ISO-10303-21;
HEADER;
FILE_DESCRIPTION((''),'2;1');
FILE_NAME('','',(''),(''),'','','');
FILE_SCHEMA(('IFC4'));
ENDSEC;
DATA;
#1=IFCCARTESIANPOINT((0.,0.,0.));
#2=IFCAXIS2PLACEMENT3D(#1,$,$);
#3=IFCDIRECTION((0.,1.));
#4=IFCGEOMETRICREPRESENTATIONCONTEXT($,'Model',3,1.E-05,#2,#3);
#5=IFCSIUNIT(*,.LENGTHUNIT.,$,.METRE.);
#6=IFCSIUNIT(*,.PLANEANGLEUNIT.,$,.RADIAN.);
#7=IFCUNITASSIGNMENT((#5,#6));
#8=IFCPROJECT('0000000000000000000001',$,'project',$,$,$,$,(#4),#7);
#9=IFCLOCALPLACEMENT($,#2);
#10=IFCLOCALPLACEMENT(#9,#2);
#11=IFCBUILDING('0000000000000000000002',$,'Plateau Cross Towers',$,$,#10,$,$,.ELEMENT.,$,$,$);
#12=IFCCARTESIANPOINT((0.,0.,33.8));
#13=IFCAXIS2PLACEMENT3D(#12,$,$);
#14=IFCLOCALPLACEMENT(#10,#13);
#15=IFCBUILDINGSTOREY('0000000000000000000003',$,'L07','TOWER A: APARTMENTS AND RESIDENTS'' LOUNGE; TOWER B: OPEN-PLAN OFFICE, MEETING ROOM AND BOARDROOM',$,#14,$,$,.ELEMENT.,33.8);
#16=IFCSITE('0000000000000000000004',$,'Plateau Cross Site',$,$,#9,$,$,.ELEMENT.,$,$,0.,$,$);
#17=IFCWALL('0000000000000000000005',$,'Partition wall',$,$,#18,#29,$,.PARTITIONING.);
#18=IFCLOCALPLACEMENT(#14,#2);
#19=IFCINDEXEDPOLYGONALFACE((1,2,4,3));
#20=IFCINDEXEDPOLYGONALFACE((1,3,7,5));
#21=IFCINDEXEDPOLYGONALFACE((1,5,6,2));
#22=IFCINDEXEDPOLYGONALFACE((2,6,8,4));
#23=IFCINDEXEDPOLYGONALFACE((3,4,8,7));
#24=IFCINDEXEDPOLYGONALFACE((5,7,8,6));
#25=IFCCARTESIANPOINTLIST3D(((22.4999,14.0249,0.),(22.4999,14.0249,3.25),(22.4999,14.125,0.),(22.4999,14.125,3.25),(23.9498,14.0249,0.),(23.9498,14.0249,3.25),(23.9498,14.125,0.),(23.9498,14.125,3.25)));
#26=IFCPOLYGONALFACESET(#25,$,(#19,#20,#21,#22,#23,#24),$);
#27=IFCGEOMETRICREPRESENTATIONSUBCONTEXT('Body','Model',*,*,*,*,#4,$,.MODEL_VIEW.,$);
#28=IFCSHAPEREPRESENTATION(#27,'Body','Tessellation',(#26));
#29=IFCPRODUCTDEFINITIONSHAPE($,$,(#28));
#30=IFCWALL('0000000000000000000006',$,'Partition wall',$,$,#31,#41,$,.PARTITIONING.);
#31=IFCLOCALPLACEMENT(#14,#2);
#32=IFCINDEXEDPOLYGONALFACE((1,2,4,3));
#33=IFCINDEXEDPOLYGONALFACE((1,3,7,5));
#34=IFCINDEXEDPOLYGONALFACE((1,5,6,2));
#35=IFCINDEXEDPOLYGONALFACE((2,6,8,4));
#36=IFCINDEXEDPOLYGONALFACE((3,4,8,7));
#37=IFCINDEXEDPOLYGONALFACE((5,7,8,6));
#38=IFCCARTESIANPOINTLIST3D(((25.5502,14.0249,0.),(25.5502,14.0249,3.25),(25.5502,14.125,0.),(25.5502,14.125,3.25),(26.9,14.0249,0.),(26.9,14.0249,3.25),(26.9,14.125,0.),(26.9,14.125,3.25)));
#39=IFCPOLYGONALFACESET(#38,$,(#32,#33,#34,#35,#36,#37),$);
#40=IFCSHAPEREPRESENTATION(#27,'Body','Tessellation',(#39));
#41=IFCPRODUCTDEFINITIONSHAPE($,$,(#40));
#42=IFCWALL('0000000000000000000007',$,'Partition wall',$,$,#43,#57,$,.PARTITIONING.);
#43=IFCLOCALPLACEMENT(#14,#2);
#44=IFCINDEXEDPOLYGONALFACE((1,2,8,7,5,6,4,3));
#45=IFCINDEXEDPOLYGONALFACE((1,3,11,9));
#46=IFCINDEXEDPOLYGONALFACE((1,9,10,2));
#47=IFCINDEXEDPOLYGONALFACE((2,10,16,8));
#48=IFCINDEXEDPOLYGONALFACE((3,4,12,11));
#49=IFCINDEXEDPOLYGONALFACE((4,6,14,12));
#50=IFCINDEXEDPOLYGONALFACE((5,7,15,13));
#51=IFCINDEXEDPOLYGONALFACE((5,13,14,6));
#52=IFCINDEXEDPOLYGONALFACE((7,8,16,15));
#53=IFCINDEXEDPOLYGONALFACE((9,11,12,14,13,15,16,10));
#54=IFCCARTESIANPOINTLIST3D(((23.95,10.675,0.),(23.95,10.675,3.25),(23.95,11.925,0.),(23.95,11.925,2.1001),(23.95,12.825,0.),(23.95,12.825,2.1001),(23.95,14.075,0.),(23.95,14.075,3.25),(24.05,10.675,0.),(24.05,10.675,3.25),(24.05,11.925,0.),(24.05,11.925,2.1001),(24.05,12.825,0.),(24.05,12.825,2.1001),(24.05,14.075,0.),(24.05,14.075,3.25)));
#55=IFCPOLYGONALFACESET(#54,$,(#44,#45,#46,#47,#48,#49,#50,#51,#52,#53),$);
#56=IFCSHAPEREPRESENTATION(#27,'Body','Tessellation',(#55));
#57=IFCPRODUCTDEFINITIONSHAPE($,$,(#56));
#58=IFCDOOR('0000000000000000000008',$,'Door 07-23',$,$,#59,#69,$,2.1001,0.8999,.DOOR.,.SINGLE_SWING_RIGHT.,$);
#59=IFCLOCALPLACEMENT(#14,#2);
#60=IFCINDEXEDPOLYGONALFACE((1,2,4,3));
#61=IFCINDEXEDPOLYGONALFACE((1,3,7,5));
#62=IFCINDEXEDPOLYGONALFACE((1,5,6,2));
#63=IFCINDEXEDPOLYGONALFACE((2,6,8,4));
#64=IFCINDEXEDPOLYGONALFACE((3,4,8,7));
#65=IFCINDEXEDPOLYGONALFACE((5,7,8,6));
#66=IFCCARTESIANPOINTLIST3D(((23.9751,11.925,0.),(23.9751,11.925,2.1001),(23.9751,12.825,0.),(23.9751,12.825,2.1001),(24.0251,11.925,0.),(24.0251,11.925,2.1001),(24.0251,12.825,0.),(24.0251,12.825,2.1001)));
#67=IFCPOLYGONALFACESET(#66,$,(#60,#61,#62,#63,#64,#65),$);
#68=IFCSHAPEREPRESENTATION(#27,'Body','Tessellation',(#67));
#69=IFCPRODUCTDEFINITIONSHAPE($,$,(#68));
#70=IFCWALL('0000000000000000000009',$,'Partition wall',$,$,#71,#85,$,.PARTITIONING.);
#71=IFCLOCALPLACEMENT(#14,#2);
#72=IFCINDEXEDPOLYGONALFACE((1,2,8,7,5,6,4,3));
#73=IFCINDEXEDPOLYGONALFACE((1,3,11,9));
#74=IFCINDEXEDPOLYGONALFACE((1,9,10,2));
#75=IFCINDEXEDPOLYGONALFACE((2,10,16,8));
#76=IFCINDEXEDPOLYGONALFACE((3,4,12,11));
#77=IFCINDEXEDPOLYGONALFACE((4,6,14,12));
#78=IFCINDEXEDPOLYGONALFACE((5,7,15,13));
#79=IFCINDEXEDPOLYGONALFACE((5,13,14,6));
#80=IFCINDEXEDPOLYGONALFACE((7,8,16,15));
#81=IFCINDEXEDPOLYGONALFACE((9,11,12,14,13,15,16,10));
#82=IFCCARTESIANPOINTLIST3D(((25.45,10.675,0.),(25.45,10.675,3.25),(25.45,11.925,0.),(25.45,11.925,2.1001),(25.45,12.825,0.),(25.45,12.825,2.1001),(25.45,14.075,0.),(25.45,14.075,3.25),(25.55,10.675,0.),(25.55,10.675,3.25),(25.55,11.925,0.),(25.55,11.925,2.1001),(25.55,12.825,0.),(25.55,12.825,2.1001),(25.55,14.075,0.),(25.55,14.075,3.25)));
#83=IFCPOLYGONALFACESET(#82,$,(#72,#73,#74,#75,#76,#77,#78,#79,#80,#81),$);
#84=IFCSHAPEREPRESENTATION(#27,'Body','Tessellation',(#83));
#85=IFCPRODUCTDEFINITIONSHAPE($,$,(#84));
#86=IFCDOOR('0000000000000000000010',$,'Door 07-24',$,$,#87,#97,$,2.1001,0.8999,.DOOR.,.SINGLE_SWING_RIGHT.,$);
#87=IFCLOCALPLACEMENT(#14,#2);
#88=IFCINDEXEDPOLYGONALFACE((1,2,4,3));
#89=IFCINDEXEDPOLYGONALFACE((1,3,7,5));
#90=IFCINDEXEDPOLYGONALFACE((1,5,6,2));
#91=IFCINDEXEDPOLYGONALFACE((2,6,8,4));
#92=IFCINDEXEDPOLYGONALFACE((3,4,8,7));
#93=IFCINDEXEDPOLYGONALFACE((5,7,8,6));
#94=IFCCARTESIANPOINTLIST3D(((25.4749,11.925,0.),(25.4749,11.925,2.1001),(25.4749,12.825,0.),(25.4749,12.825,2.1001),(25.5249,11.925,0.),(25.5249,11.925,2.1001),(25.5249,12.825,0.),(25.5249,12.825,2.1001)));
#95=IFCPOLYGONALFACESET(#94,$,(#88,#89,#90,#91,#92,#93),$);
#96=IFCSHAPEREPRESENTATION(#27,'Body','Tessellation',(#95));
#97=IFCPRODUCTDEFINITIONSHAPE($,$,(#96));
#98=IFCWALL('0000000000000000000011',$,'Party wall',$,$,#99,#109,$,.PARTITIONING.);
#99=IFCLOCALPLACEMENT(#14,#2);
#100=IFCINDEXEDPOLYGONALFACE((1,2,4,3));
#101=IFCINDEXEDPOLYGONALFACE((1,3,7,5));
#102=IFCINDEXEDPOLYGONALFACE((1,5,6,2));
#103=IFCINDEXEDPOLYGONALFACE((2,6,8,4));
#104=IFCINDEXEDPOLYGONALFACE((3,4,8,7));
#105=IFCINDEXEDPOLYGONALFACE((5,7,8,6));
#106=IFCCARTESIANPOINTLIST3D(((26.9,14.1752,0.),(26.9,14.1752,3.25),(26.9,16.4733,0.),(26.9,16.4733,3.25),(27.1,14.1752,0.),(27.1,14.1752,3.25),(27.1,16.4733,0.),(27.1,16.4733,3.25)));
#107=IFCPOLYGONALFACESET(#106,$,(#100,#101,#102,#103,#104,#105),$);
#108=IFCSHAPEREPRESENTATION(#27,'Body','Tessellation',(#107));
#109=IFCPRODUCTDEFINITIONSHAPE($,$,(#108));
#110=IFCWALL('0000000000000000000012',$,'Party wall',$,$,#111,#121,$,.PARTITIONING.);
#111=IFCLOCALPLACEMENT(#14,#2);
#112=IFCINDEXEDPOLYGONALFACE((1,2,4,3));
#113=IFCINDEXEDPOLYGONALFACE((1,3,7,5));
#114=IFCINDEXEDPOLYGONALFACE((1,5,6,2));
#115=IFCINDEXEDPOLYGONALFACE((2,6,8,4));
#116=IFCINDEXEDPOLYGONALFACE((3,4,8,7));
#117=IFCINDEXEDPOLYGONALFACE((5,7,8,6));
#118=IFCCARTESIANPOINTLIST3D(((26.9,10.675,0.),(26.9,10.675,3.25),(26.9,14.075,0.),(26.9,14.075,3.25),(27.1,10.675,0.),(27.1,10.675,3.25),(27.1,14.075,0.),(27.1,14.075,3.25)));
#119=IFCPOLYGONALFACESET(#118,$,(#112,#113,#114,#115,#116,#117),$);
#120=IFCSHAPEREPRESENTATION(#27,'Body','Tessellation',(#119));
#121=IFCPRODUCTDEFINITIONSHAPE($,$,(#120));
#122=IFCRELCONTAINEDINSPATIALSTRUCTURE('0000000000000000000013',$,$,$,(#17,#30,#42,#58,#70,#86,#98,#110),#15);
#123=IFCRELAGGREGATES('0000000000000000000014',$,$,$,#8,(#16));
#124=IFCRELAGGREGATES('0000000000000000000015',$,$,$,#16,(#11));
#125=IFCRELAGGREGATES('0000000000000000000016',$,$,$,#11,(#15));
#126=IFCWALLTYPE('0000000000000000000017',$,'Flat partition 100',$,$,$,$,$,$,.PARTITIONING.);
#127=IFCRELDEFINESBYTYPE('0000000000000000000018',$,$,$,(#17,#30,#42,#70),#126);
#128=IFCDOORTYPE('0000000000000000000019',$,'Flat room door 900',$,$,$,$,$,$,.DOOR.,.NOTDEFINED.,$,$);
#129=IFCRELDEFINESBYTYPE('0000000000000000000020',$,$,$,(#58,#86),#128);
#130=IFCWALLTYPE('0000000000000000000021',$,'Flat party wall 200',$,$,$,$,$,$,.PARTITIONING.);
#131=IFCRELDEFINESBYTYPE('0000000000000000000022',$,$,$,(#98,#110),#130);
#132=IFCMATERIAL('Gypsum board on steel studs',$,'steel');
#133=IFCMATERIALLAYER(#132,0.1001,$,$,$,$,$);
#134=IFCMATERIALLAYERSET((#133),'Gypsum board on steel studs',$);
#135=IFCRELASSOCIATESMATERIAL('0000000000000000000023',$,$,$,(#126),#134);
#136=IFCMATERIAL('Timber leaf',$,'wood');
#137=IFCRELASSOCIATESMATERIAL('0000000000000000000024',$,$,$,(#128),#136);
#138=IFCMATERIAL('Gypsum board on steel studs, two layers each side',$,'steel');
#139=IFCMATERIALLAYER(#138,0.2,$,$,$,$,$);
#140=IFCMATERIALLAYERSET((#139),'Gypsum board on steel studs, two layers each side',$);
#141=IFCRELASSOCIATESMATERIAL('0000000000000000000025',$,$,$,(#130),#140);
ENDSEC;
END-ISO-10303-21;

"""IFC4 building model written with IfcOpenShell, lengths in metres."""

from ifc_helpers import new_model, si_unit, direction, frame, frame_2d, origin, place, context, subcontext, project, spatial, rectangle, extrude, material, layer, layer_set, type_object, element, fill, save


model = new_model("IFC4")

# Units and contexts
model_context = context("Model", 3, precision=1e-05, world=origin(), true_north=direction((0.0, 1.0)))
body_context = subcontext(model_context, "Body", "Model", "MODEL_VIEW")
ifc_project = project(units=[si_unit("LENGTHUNIT", "METRE"), si_unit("PLANEANGLEUNIT", "RADIAN")], contexts=[model_context])

# Site, building, storey
site_placement = place(None, origin())
site = spatial("IfcSite", under=ifc_project, at=site_placement, Name="Plateau Cross Site", CompositionType="ELEMENT", RefElevation=0.0)
building_placement = place(site_placement, origin())
building = spatial("IfcBuilding", under=site, at=building_placement, Name="Plateau Cross Towers", CompositionType="ELEMENT")
storey_placement = place(building_placement, frame((0.0, 0.0, 33.8)))
storey = spatial("IfcBuildingStorey", under=building, at=storey_placement, Name="L07", Description="TOWER A: APARTMENTS AND RESIDENTS' LOUNGE; TOWER B: OPEN-PLAN OFFICE, MEETING ROOM AND BOARDROOM", CompositionType="ELEMENT", Elevation=33.8)

# Walls
ifc_material_1 = material(Name="Gypsum board on steel studs", Category="steel")
ifc_layer_1 = layer(ifc_material_1, 0.1001)
ifc_layer_set_1 = layer_set([ifc_layer_1], Name="Gypsum board on steel studs")
wall_type_1 = type_object("IfcWallType", Name="Flat partition 100", PredefinedType="PARTITIONING", material=ifc_layer_set_1)
wall_1_placement = place(storey_placement, frame((23.95, 14.075, 0.0), z_axis=(0.0, 0.0, 1.0), x_axis=(-1.0, 0.0, 0.0)))
element("IfcWall", 1, at=wall_1_placement, inside=storey, type_object=wall_type_1, Name="Partition wall", PredefinedType="PARTITIONING", context=body_context, shape_type="SweptSolid", body=[
    extrude(rectangle(XDim=1.45, YDim=0.1001, at=frame_2d((0.7251, 0.0))), origin(), (0.0, 0.0, 1.0), 3.25),
])
wall_2_placement = place(storey_placement, frame((26.8999, 14.075, 0.0), z_axis=(0.0, 0.0, 1.0), x_axis=(-1.0, 0.0, 0.0)))
element("IfcWall", 2, at=wall_2_placement, inside=storey, type_object=wall_type_1, Name="Partition wall", PredefinedType="PARTITIONING", context=body_context, shape_type="SweptSolid", body=[
    extrude(rectangle(XDim=1.3499, YDim=0.1001, at=frame_2d((0.6748, 0.0))), origin(), (0.0, 0.0, 1.0), 3.25),
])

# Walls, openings, doors
wall_3_placement = place(storey_placement, frame((24.0, 10.675, 0.0), z_axis=(0.0, 0.0, 1.0), x_axis=(0.0, 1.0, 0.0)))
wall_3 = element("IfcWall", 3, at=wall_3_placement, inside=storey, type_object=wall_type_1, Name="Partition wall", PredefinedType="PARTITIONING", context=body_context, shape_type="SweptSolid", body=[
    extrude(rectangle(XDim=3.3999, YDim=0.1001, at=frame_2d((1.7, 0.0))), origin(), (0.0, 0.0, 1.0), 3.25),
])
opening_1_placement = place(wall_3_placement, frame((1.25, 0.0, 0.0)))
opening_1 = element("IfcOpeningElement", 4, at=opening_1_placement, cuts=wall_3, PredefinedType="OPENING", context=body_context, shape_type="SweptSolid", body=[
    extrude(rectangle(XDim=0.8999, YDim=2.1001, at=frame_2d((0.45, 1.05))), frame((0.0, 0.0601, 0.0), z_axis=(0.0, -1.0, 0.0), x_axis=(1.0, 0.0, 0.0)), (0.0, 0.0, 1.0), 0.1201),
])
ifc_material_2 = material(Name="Timber leaf", Category="wood")
door_type_1 = type_object("IfcDoorType", Name="Flat room door 900", OperationType="NOTDEFINED", PredefinedType="DOOR", material=ifc_material_2)
door_1_placement = place(opening_1_placement, origin())
door_1 = element("IfcDoor", 5, at=door_1_placement, inside=storey, type_object=door_type_1, Name="Door 07-23", OperationType="SINGLE_SWING_RIGHT", OverallHeight=2.1001, OverallWidth=0.8999, PredefinedType="DOOR", context=body_context, shape_type="SweptSolid", body=[
    extrude(rectangle(XDim=0.8999, YDim=2.1001, at=frame_2d((0.45, 1.05))), frame((0.0, 0.0249, 0.0), z_axis=(0.0, -1.0, 0.0), x_axis=(1.0, 0.0, 0.0)), (0.0, 0.0, 1.0), 0.05),
])
fill(opening_1, door_1)
wall_4_placement = place(storey_placement, frame((25.5, 14.075, 0.0), z_axis=(0.0, 0.0, 1.0), x_axis=(0.0, -1.0, 0.0)))
wall_4 = element("IfcWall", 6, at=wall_4_placement, inside=storey, type_object=wall_type_1, Name="Partition wall", PredefinedType="PARTITIONING", context=body_context, shape_type="SweptSolid", body=[
    extrude(rectangle(XDim=3.3999, YDim=0.1001, at=frame_2d((1.7, 0.0))), origin(), (0.0, 0.0, 1.0), 3.25),
])
opening_2_placement = place(wall_4_placement, frame((1.25, 0.0, 0.0)))
opening_2 = element("IfcOpeningElement", 7, at=opening_2_placement, cuts=wall_4, PredefinedType="OPENING", context=body_context, shape_type="SweptSolid", body=[
    extrude(rectangle(XDim=0.8999, YDim=2.1001, at=frame_2d((0.45, 1.05))), frame((0.0, 0.0601, 0.0), z_axis=(0.0, -1.0, 0.0), x_axis=(1.0, 0.0, 0.0)), (0.0, 0.0, 1.0), 0.1201),
])
door_2_placement = place(opening_2_placement, origin())
door_2 = element("IfcDoor", 8, at=door_2_placement, inside=storey, type_object=door_type_1, Name="Door 07-24", OperationType="SINGLE_SWING_RIGHT", OverallHeight=2.1001, OverallWidth=0.8999, PredefinedType="DOOR", context=body_context, shape_type="SweptSolid", body=[
    extrude(rectangle(XDim=0.8999, YDim=2.1001, at=frame_2d((0.45, 1.05))), frame((0.0, 0.0249, 0.0), z_axis=(0.0, -1.0, 0.0), x_axis=(1.0, 0.0, 0.0)), (0.0, 0.0, 1.0), 0.05),
])
fill(opening_2, door_2)

# Walls
ifc_material_3 = material(Name="Gypsum board on steel studs, two layers each side", Category="steel")
ifc_layer_2 = layer(ifc_material_3, 0.2)
ifc_layer_set_2 = layer_set([ifc_layer_2], Name="Gypsum board on steel studs, two layers each side")
wall_type_2 = type_object("IfcWallType", Name="Flat party wall 200", PredefinedType="PARTITIONING", material=ifc_layer_set_2)
wall_5_placement = place(storey_placement, frame((27.0, 16.4731, 0.0), z_axis=(0.0, 0.0, 1.0), x_axis=(0.0, -1.0, 0.0)))
element("IfcWall", 9, at=wall_5_placement, inside=storey, type_object=wall_type_2, Name="Party wall", PredefinedType="PARTITIONING", context=body_context, shape_type="SweptSolid", body=[
    extrude(rectangle(XDim=2.2981, YDim=0.2, at=frame_2d((1.1489, 0.0))), origin(), (0.0, 0.0, 1.0), 3.25),
])
wall_6_placement = place(storey_placement, frame((27.0, 10.675, 0.0), z_axis=(0.0, 0.0, 1.0), x_axis=(0.0, 1.0, 0.0)))
element("IfcWall", 10, at=wall_6_placement, inside=storey, type_object=wall_type_2, Name="Party wall", PredefinedType="PARTITIONING", context=body_context, shape_type="SweptSolid", body=[
    extrude(rectangle(XDim=3.3999, YDim=0.2, at=frame_2d((1.7, 0.0))), origin(), (0.0, 0.0, 1.0), 3.25),
])

save(model, "model.ifc")
